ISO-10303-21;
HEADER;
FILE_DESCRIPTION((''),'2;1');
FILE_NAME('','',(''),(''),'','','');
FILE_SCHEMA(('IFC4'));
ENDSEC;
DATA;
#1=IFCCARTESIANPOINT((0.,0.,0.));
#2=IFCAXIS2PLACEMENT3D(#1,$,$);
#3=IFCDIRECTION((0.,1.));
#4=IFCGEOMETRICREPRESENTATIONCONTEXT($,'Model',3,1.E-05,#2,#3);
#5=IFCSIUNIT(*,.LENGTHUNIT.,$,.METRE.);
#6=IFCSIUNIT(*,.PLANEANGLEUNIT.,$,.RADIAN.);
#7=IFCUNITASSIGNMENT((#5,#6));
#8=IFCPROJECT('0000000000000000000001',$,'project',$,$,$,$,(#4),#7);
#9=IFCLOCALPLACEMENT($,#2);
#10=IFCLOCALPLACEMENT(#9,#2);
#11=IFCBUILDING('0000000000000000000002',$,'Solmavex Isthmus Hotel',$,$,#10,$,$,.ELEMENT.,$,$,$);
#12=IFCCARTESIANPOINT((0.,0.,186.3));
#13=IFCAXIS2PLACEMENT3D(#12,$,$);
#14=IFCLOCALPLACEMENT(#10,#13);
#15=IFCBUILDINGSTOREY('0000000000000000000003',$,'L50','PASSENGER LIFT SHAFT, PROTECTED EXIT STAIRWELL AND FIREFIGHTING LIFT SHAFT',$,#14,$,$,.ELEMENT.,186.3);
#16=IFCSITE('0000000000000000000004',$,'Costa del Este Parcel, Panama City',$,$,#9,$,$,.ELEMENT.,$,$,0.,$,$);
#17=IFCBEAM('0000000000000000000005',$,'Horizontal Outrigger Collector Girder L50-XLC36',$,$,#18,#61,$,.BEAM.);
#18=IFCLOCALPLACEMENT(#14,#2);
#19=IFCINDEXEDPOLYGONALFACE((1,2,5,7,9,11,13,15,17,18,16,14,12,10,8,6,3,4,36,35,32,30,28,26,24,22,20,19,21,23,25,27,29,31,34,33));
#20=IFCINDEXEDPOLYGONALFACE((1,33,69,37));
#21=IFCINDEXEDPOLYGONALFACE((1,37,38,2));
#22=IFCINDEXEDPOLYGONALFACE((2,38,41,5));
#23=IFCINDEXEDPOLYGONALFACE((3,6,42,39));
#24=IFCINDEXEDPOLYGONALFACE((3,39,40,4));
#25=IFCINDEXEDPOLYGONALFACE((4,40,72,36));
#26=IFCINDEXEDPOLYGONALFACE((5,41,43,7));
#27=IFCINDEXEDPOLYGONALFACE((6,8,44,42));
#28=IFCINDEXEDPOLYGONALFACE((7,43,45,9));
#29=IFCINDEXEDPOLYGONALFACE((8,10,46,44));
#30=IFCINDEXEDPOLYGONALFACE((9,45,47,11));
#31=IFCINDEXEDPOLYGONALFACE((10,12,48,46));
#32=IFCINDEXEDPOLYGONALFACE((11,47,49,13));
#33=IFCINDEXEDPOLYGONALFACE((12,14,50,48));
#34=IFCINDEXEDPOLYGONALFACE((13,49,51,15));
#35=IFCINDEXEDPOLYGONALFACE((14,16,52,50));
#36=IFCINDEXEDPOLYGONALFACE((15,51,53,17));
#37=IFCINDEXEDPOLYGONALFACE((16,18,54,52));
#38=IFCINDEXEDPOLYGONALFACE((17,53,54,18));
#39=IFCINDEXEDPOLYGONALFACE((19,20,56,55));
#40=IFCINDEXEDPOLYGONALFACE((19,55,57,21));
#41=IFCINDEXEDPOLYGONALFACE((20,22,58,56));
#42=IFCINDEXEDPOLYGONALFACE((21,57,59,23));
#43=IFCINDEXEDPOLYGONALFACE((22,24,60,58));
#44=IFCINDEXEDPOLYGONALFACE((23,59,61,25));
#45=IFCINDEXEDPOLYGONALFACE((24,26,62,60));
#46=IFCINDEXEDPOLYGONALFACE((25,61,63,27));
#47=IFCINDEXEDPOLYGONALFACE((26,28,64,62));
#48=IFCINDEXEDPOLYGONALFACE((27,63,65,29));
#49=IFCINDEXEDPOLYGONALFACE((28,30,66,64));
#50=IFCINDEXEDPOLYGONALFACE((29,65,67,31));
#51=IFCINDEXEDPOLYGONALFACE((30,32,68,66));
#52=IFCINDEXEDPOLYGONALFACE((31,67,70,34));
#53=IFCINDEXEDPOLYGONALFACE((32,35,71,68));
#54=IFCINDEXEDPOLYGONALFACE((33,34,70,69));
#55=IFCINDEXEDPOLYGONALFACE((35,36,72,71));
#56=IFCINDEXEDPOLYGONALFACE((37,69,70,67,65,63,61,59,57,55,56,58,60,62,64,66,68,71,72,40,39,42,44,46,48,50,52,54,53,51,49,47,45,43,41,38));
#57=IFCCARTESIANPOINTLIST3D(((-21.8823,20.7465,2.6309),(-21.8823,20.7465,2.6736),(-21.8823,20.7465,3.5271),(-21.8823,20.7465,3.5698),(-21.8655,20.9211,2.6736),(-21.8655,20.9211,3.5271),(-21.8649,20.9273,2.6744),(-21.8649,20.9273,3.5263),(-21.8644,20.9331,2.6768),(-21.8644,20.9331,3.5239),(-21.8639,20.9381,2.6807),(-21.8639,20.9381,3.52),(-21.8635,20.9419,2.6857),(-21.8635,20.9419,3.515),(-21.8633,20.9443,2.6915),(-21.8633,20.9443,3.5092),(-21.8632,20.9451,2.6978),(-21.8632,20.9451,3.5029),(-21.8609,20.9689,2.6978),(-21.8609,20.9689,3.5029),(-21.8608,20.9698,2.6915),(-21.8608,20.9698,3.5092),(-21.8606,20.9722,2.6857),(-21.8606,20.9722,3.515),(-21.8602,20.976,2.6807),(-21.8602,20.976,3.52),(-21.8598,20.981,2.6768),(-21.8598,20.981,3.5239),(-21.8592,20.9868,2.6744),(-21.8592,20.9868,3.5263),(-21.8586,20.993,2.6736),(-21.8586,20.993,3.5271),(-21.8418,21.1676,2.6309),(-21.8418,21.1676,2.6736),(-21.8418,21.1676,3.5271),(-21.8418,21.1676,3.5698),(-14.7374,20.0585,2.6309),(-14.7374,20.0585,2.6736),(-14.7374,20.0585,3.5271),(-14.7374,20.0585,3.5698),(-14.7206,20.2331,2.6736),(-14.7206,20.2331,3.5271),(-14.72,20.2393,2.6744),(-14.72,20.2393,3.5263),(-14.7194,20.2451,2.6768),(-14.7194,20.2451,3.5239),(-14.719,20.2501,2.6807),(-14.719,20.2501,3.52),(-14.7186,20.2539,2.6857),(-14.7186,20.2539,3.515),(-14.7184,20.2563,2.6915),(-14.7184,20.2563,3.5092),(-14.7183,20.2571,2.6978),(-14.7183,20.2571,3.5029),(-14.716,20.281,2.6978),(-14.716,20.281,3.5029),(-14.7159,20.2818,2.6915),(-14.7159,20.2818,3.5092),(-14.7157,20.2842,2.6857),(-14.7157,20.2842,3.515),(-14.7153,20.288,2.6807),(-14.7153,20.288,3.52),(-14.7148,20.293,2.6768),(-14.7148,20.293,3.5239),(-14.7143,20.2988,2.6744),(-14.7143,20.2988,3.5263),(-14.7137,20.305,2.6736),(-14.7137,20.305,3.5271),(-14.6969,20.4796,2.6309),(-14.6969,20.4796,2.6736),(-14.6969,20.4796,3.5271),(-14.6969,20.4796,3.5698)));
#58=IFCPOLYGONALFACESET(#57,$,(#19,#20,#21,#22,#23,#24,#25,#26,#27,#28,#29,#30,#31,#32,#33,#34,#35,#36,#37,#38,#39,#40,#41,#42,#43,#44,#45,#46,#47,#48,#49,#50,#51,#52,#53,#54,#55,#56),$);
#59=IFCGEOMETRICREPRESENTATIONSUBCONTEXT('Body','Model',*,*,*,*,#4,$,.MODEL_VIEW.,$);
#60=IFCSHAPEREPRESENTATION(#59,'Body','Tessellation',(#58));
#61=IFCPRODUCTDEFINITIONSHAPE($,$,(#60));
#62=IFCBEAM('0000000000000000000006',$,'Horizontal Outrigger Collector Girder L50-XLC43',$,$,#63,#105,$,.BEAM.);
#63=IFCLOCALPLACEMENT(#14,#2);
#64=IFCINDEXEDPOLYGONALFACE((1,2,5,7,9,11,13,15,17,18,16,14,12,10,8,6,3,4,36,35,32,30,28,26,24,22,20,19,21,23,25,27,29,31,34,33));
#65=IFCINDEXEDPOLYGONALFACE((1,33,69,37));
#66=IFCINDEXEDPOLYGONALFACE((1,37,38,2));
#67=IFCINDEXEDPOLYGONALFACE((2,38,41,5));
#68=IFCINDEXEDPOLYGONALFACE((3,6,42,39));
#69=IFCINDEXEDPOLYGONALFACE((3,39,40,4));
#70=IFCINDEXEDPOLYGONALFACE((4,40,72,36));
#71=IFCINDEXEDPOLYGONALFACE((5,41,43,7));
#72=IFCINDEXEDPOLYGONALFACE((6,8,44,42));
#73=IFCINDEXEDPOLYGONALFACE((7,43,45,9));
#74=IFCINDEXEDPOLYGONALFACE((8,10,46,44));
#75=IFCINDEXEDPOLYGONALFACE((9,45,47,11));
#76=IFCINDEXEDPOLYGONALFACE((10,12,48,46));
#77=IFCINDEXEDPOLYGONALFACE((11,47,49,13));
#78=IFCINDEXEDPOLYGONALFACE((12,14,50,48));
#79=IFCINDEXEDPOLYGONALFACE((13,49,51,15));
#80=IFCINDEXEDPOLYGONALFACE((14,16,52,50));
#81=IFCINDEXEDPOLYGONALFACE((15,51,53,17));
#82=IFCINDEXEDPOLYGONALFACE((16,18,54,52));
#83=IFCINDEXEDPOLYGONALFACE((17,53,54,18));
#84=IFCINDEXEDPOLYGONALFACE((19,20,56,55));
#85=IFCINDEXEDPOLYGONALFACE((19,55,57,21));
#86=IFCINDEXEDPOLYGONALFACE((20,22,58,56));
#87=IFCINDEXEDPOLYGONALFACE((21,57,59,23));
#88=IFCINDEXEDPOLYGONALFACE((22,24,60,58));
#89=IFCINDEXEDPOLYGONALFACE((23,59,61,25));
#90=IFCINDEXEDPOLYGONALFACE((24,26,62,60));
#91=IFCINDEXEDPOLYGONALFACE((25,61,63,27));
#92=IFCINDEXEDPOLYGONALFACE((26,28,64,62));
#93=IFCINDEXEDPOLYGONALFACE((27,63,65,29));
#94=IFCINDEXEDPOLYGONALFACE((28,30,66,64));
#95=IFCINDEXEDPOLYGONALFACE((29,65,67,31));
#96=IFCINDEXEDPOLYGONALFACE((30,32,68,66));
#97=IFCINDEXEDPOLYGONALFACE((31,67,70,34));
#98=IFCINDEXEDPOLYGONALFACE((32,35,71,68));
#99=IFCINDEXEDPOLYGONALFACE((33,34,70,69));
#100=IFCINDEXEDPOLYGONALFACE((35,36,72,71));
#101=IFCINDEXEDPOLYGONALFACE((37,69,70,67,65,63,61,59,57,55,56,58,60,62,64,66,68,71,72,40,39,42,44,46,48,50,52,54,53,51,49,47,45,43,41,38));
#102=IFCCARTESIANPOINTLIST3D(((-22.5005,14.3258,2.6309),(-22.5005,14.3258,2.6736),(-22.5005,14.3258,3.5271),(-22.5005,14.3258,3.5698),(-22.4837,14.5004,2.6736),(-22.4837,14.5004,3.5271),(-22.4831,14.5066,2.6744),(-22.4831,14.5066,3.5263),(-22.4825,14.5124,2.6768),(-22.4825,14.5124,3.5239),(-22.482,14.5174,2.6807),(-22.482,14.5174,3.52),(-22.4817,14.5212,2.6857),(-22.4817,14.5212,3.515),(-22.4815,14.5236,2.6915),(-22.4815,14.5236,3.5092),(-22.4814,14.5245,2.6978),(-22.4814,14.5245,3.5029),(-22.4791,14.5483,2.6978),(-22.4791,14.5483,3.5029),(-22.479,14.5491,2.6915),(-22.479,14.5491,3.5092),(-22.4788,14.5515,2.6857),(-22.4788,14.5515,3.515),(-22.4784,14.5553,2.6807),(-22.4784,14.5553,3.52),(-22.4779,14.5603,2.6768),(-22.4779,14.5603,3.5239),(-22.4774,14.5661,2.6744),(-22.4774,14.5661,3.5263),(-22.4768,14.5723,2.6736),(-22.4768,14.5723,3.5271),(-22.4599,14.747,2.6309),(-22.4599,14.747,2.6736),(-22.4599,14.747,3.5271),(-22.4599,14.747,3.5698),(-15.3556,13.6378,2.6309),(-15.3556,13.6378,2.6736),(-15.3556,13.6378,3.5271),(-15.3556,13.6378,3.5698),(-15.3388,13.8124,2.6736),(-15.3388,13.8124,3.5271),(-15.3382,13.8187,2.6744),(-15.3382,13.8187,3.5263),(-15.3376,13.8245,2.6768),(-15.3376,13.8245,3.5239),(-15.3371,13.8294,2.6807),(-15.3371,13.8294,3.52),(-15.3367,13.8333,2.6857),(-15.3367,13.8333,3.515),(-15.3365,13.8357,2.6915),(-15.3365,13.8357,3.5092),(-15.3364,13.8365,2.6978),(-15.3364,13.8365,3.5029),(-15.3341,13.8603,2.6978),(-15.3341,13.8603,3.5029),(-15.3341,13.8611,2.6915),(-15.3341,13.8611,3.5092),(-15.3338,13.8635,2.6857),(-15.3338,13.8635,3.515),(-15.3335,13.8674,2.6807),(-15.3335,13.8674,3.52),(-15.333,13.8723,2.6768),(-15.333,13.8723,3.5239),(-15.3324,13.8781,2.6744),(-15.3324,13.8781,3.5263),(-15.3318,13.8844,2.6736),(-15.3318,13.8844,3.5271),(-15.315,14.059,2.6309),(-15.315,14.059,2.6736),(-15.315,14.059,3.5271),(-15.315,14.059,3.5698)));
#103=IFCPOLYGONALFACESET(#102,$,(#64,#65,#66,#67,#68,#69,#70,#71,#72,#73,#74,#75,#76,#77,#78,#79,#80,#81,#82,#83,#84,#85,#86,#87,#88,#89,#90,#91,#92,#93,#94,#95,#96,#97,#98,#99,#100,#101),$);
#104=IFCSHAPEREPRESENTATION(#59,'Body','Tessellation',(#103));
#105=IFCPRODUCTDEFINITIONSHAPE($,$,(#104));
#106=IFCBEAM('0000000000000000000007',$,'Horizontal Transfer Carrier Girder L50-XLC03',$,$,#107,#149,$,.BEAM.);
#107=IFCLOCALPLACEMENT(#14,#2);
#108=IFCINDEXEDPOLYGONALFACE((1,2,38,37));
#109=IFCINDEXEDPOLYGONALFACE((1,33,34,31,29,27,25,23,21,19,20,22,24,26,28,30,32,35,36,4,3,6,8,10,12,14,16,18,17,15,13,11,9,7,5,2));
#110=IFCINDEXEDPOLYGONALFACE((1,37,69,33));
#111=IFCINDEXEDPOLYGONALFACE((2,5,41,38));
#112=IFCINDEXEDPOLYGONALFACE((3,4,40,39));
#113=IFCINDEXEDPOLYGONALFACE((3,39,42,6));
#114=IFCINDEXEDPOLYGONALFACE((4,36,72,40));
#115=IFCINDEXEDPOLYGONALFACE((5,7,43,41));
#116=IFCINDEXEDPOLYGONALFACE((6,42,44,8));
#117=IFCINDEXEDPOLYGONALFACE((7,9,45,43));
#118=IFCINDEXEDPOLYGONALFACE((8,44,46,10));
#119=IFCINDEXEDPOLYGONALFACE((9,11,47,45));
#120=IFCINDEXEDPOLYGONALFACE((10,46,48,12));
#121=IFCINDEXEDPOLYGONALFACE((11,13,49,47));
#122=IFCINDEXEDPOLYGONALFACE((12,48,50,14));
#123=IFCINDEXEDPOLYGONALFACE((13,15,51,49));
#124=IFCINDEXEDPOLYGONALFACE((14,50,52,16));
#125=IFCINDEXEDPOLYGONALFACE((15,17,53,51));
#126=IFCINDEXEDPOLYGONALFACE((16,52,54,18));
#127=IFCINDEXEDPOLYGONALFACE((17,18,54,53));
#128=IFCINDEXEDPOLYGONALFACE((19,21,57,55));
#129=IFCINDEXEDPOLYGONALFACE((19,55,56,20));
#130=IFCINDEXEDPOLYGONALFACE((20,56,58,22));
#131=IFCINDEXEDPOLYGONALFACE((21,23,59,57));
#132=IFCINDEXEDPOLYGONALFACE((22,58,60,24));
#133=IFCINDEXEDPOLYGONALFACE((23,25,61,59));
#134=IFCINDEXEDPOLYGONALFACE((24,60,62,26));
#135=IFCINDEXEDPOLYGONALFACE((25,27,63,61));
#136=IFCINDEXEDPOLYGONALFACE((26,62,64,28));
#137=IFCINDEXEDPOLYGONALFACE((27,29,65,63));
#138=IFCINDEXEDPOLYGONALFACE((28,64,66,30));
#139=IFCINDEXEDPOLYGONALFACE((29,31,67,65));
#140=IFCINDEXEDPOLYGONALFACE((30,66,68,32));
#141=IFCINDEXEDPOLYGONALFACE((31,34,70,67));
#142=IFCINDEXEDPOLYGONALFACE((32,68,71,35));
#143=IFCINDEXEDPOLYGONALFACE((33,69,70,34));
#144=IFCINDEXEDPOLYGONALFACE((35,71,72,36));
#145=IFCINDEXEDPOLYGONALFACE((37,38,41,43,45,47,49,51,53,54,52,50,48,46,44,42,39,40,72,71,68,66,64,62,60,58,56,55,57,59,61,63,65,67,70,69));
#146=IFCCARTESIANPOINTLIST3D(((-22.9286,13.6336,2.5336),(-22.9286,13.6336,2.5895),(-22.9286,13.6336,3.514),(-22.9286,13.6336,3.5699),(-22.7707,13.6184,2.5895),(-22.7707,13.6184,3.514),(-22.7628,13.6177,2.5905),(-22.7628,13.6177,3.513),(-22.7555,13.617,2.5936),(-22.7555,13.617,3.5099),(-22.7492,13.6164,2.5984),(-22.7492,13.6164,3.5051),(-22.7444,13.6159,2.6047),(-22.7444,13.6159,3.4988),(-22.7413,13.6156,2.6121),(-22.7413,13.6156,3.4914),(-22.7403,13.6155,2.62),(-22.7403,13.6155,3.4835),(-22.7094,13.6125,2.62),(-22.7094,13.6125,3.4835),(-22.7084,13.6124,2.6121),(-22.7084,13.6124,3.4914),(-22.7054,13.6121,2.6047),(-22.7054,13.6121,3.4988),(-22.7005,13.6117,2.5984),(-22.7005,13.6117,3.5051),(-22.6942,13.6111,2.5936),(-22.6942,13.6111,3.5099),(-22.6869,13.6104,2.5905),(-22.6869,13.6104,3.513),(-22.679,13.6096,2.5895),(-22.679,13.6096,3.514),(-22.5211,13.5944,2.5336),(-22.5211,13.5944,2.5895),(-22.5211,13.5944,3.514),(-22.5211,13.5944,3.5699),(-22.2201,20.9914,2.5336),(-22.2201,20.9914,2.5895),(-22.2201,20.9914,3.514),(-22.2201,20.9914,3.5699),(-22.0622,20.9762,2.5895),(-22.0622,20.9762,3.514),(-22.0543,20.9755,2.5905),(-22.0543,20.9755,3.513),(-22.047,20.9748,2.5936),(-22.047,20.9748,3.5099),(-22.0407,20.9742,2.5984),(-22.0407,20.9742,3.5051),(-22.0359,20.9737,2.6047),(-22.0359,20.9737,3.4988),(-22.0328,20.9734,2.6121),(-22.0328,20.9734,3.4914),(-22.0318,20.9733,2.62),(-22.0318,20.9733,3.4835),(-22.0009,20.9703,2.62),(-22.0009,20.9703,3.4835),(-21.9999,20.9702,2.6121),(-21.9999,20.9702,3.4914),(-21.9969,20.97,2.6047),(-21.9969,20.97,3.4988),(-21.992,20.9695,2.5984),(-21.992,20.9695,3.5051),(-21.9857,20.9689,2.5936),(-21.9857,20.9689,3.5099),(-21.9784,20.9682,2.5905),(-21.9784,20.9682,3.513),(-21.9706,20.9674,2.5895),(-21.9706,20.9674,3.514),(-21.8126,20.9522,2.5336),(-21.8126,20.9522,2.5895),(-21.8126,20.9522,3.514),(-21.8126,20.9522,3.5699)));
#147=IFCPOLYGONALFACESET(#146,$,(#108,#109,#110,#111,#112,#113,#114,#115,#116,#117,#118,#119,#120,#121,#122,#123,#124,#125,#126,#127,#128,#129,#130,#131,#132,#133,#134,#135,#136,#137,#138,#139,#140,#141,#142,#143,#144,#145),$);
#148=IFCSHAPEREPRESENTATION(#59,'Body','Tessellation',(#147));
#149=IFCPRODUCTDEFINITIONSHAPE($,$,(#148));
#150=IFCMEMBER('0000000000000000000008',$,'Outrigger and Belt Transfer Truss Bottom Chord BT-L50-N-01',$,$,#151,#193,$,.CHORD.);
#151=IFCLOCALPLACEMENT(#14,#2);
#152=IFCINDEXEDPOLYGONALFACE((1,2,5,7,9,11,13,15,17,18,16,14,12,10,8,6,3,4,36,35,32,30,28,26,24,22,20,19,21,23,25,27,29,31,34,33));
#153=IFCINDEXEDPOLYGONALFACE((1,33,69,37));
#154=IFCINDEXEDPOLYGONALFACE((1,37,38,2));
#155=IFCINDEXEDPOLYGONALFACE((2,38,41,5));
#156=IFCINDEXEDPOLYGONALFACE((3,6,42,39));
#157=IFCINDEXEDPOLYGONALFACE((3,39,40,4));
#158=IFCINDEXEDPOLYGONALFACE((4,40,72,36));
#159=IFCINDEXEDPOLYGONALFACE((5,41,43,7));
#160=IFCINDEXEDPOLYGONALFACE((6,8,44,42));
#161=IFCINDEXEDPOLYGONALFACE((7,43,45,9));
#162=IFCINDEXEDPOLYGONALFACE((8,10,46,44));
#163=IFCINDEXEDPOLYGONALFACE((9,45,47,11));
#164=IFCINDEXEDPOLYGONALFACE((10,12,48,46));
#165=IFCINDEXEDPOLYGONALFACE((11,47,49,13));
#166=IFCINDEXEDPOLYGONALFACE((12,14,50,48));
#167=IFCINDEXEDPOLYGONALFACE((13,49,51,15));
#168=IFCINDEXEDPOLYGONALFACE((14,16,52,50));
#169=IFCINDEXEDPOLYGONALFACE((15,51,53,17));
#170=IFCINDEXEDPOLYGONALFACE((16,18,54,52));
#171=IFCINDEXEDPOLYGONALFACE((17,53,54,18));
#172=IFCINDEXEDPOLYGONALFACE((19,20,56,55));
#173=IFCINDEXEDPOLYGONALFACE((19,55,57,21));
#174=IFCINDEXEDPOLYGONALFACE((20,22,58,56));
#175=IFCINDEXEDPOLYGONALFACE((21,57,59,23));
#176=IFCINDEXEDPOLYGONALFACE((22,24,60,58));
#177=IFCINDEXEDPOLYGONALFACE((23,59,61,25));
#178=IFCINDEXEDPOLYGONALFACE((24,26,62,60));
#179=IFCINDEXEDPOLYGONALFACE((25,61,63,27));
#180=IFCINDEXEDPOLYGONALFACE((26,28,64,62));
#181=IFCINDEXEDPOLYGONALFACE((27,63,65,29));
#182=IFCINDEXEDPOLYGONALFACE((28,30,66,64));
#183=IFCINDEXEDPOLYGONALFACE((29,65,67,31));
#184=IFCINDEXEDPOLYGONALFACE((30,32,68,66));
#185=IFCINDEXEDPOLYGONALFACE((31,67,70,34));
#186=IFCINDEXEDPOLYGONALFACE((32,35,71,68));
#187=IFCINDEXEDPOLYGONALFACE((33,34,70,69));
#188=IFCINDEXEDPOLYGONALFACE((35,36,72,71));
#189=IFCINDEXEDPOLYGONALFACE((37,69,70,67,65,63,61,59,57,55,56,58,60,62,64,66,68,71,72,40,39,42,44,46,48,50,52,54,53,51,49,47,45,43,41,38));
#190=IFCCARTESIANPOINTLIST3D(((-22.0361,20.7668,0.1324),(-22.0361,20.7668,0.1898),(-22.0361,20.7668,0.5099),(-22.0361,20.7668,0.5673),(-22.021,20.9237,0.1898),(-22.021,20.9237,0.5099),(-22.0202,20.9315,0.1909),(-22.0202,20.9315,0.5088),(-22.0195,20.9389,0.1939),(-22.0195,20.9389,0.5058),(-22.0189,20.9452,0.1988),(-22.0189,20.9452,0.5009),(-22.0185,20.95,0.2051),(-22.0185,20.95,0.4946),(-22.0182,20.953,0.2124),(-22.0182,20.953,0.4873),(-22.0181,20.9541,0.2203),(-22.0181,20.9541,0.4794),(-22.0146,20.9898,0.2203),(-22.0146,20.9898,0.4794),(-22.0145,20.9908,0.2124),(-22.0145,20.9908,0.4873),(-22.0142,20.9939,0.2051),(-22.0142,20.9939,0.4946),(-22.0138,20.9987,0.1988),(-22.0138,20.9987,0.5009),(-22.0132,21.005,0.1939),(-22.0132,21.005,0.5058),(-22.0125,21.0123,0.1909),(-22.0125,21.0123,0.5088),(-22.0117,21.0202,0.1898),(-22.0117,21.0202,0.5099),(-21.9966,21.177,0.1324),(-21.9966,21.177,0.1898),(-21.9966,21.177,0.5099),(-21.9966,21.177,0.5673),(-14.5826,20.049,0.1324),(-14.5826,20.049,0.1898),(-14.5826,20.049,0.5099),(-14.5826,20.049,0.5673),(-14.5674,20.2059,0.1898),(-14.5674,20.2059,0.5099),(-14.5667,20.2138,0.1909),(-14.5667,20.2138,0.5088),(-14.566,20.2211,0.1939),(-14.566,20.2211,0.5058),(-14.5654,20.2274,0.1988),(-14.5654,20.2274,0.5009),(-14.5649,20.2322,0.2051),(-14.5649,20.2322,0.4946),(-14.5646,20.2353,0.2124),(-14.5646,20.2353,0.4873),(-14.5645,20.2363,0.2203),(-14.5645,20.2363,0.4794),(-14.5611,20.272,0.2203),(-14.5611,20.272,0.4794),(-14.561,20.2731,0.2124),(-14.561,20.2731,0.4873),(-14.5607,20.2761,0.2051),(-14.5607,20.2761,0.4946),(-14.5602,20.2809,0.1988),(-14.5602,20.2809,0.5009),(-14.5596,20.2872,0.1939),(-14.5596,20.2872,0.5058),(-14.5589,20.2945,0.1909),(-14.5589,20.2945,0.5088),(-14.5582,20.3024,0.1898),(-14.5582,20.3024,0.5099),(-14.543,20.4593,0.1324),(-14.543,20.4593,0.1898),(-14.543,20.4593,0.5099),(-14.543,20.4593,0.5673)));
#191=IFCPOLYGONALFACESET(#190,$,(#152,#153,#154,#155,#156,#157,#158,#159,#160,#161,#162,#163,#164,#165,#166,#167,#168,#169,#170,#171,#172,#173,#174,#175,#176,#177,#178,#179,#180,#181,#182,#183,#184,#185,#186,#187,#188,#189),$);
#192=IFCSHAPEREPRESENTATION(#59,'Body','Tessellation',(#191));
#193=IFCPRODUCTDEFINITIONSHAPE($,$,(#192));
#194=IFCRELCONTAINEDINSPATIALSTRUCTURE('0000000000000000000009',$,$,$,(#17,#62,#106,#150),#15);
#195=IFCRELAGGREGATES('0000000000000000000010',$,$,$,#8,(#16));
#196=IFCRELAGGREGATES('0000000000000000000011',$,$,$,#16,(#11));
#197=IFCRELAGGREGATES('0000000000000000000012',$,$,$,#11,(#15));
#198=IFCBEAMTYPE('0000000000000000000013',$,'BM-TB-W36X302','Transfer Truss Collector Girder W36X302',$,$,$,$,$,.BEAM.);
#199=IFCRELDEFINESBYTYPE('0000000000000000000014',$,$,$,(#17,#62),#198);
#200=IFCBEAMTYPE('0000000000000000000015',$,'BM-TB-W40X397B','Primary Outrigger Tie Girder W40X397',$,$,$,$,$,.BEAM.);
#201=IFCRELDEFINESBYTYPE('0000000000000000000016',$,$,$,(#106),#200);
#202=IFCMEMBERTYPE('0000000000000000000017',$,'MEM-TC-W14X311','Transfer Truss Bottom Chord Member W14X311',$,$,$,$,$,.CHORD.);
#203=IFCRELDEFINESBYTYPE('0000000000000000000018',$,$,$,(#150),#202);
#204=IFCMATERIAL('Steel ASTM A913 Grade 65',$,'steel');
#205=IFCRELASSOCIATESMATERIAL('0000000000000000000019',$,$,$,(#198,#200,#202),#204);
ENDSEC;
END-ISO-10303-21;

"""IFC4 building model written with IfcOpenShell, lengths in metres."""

from ifc_helpers import new_model, si_unit, direction, frame, origin, origin_2d, place, context, subcontext, project, spatial, i_section, extrude, material, material_profile, profile_set, type_object, element, save


model = new_model("IFC4")

# Units and contexts
model_context = context("Model", 3, precision=1e-05, world=origin(), true_north=direction((0.0, 1.0)))
body_context = subcontext(model_context, "Body", "Model", "MODEL_VIEW")
ifc_project = project(units=[si_unit("LENGTHUNIT", "METRE"), si_unit("PLANEANGLEUNIT", "RADIAN")], contexts=[model_context])

# Site, building, storey
site_placement = place(None, origin())
site = spatial("IfcSite", under=ifc_project, at=site_placement, Name="Costa del Este Parcel, Panama City", CompositionType="ELEMENT", RefElevation=0.0)
building_placement = place(site_placement, origin())
building = spatial("IfcBuilding", under=site, at=building_placement, Name="Solmavex Isthmus Hotel", CompositionType="ELEMENT")
storey_placement = place(building_placement, frame((0.0, 0.0, 186.3)))
storey = spatial("IfcBuildingStorey", under=building, at=storey_placement, Name="L50", Description="PASSENGER LIFT SHAFT, PROTECTED EXIT STAIRWELL AND FIREFIGHTING LIFT SHAFT", CompositionType="ELEMENT", Elevation=186.3)

# Shared definitions
ifc_material_1 = material(Name="Steel ASTM A913 Grade 65", Category="steel")

# Beams
ifc_material_profile_1 = material_profile(ifc_material_1, i_section(OverallWidth=0.4231, OverallDepth=0.939, WebThickness=0.0239, FlangeThickness=0.0427, FilletRadius=0.0242, at=origin_2d()), Name="W36X302")
ifc_profile_set_1 = profile_set([ifc_material_profile_1], Name="Steel ASTM A913 Grade 65")
beam_type_1 = type_object("IfcBeamType", Name="BM-TB-W36X302", Description="Transfer Truss Collector Girder W36X302", PredefinedType="BEAM", material=ifc_profile_set_1)
for number, where, z_axis, x_axis, name in (
    (1, (-21.8621, 20.957, 3.1003), (0.995396, -0.095846, 0.0), (0.095846, 0.995396, 0.0), "Horizontal Outrigger Collector Girder L50-XLC36"),
    (2, (-22.4802, 14.5364, 3.1003), (0.995396, -0.095846, 0.0), (0.095846, 0.995396, 0.0), "Horizontal Outrigger Collector Girder L50-XLC43"),
):
    element("IfcBeam", number, at=place(storey_placement, frame(where, z_axis=z_axis, x_axis=x_axis)), inside=storey, type_object=beam_type_1, Name=name, PredefinedType="BEAM", context=body_context, shape_type="SweptSolid", body=[
        extrude(i_section(OverallWidth=0.4231, OverallDepth=0.939, WebThickness=0.0239, FlangeThickness=0.0427, FilletRadius=0.0242, at=origin_2d()), origin(), (0.0, 0.0, 1.0), 7.178),
    ])
ifc_material_profile_2 = material_profile(ifc_material_1, i_section(OverallWidth=0.4094, OverallDepth=1.0364, WebThickness=0.031, FlangeThickness=0.0559, FilletRadius=0.0305, at=origin_2d()), Name="W40X397")
ifc_profile_set_2 = profile_set([ifc_material_profile_2], Name="Steel ASTM A913 Grade 65")
beam_type_2 = type_object("IfcBeamType", Name="BM-TB-W40X397B", Description="Primary Outrigger Tie Girder W40X397", PredefinedType="BEAM", material=ifc_profile_set_2)
beam_1_placement = place(storey_placement, frame((-22.7249, 13.614, 3.0518), z_axis=(0.095847, 0.995396, 0.0), x_axis=(-0.995396, 0.095847, 0.0)))
element("IfcBeam", 3, at=beam_1_placement, inside=storey, type_object=beam_type_2, Name="Horizontal Transfer Carrier Girder L50-XLC03", PredefinedType="BEAM", context=body_context, shape_type="SweptSolid", body=[
    extrude(i_section(OverallWidth=0.4094, OverallDepth=1.0364, WebThickness=0.031, FlangeThickness=0.0559, FilletRadius=0.0305, at=origin_2d()), origin(), (0.0, 0.0, 1.0), 7.3918),
])

# Member
ifc_material_profile_3 = material_profile(ifc_material_1, i_section(OverallWidth=0.4121, OverallDepth=0.4348, WebThickness=0.0359, FlangeThickness=0.0574, FilletRadius=0.0305, at=origin_2d()), Name="W14X311")
ifc_profile_set_3 = profile_set([ifc_material_profile_3], Name="Steel ASTM A913 Grade 65")
member_type_1 = type_object("IfcMemberType", Name="MEM-TC-W14X311", Description="Transfer Truss Bottom Chord Member W14X311", PredefinedType="CHORD", material=ifc_profile_set_3)
member_1_placement = place(storey_placement, frame((-22.0164, 20.9719, 0.3499), z_axis=(0.995395, -0.095855, 0.0), x_axis=(0.095855, 0.995395, 0.0)))
element("IfcMember", 4, at=member_1_placement, inside=storey, type_object=member_type_1, Name="Outrigger and Belt Transfer Truss Bottom Chord BT-L50-N-01", PredefinedType="CHORD", context=body_context, shape_type="SweptSolid", body=[
    extrude(i_section(OverallWidth=0.4121, OverallDepth=0.4348, WebThickness=0.0359, FlangeThickness=0.0574, FilletRadius=0.0305, at=origin_2d()), origin(), (0.0, 0.0, 1.0), 7.488),
])

save(model, "model.ifc")
